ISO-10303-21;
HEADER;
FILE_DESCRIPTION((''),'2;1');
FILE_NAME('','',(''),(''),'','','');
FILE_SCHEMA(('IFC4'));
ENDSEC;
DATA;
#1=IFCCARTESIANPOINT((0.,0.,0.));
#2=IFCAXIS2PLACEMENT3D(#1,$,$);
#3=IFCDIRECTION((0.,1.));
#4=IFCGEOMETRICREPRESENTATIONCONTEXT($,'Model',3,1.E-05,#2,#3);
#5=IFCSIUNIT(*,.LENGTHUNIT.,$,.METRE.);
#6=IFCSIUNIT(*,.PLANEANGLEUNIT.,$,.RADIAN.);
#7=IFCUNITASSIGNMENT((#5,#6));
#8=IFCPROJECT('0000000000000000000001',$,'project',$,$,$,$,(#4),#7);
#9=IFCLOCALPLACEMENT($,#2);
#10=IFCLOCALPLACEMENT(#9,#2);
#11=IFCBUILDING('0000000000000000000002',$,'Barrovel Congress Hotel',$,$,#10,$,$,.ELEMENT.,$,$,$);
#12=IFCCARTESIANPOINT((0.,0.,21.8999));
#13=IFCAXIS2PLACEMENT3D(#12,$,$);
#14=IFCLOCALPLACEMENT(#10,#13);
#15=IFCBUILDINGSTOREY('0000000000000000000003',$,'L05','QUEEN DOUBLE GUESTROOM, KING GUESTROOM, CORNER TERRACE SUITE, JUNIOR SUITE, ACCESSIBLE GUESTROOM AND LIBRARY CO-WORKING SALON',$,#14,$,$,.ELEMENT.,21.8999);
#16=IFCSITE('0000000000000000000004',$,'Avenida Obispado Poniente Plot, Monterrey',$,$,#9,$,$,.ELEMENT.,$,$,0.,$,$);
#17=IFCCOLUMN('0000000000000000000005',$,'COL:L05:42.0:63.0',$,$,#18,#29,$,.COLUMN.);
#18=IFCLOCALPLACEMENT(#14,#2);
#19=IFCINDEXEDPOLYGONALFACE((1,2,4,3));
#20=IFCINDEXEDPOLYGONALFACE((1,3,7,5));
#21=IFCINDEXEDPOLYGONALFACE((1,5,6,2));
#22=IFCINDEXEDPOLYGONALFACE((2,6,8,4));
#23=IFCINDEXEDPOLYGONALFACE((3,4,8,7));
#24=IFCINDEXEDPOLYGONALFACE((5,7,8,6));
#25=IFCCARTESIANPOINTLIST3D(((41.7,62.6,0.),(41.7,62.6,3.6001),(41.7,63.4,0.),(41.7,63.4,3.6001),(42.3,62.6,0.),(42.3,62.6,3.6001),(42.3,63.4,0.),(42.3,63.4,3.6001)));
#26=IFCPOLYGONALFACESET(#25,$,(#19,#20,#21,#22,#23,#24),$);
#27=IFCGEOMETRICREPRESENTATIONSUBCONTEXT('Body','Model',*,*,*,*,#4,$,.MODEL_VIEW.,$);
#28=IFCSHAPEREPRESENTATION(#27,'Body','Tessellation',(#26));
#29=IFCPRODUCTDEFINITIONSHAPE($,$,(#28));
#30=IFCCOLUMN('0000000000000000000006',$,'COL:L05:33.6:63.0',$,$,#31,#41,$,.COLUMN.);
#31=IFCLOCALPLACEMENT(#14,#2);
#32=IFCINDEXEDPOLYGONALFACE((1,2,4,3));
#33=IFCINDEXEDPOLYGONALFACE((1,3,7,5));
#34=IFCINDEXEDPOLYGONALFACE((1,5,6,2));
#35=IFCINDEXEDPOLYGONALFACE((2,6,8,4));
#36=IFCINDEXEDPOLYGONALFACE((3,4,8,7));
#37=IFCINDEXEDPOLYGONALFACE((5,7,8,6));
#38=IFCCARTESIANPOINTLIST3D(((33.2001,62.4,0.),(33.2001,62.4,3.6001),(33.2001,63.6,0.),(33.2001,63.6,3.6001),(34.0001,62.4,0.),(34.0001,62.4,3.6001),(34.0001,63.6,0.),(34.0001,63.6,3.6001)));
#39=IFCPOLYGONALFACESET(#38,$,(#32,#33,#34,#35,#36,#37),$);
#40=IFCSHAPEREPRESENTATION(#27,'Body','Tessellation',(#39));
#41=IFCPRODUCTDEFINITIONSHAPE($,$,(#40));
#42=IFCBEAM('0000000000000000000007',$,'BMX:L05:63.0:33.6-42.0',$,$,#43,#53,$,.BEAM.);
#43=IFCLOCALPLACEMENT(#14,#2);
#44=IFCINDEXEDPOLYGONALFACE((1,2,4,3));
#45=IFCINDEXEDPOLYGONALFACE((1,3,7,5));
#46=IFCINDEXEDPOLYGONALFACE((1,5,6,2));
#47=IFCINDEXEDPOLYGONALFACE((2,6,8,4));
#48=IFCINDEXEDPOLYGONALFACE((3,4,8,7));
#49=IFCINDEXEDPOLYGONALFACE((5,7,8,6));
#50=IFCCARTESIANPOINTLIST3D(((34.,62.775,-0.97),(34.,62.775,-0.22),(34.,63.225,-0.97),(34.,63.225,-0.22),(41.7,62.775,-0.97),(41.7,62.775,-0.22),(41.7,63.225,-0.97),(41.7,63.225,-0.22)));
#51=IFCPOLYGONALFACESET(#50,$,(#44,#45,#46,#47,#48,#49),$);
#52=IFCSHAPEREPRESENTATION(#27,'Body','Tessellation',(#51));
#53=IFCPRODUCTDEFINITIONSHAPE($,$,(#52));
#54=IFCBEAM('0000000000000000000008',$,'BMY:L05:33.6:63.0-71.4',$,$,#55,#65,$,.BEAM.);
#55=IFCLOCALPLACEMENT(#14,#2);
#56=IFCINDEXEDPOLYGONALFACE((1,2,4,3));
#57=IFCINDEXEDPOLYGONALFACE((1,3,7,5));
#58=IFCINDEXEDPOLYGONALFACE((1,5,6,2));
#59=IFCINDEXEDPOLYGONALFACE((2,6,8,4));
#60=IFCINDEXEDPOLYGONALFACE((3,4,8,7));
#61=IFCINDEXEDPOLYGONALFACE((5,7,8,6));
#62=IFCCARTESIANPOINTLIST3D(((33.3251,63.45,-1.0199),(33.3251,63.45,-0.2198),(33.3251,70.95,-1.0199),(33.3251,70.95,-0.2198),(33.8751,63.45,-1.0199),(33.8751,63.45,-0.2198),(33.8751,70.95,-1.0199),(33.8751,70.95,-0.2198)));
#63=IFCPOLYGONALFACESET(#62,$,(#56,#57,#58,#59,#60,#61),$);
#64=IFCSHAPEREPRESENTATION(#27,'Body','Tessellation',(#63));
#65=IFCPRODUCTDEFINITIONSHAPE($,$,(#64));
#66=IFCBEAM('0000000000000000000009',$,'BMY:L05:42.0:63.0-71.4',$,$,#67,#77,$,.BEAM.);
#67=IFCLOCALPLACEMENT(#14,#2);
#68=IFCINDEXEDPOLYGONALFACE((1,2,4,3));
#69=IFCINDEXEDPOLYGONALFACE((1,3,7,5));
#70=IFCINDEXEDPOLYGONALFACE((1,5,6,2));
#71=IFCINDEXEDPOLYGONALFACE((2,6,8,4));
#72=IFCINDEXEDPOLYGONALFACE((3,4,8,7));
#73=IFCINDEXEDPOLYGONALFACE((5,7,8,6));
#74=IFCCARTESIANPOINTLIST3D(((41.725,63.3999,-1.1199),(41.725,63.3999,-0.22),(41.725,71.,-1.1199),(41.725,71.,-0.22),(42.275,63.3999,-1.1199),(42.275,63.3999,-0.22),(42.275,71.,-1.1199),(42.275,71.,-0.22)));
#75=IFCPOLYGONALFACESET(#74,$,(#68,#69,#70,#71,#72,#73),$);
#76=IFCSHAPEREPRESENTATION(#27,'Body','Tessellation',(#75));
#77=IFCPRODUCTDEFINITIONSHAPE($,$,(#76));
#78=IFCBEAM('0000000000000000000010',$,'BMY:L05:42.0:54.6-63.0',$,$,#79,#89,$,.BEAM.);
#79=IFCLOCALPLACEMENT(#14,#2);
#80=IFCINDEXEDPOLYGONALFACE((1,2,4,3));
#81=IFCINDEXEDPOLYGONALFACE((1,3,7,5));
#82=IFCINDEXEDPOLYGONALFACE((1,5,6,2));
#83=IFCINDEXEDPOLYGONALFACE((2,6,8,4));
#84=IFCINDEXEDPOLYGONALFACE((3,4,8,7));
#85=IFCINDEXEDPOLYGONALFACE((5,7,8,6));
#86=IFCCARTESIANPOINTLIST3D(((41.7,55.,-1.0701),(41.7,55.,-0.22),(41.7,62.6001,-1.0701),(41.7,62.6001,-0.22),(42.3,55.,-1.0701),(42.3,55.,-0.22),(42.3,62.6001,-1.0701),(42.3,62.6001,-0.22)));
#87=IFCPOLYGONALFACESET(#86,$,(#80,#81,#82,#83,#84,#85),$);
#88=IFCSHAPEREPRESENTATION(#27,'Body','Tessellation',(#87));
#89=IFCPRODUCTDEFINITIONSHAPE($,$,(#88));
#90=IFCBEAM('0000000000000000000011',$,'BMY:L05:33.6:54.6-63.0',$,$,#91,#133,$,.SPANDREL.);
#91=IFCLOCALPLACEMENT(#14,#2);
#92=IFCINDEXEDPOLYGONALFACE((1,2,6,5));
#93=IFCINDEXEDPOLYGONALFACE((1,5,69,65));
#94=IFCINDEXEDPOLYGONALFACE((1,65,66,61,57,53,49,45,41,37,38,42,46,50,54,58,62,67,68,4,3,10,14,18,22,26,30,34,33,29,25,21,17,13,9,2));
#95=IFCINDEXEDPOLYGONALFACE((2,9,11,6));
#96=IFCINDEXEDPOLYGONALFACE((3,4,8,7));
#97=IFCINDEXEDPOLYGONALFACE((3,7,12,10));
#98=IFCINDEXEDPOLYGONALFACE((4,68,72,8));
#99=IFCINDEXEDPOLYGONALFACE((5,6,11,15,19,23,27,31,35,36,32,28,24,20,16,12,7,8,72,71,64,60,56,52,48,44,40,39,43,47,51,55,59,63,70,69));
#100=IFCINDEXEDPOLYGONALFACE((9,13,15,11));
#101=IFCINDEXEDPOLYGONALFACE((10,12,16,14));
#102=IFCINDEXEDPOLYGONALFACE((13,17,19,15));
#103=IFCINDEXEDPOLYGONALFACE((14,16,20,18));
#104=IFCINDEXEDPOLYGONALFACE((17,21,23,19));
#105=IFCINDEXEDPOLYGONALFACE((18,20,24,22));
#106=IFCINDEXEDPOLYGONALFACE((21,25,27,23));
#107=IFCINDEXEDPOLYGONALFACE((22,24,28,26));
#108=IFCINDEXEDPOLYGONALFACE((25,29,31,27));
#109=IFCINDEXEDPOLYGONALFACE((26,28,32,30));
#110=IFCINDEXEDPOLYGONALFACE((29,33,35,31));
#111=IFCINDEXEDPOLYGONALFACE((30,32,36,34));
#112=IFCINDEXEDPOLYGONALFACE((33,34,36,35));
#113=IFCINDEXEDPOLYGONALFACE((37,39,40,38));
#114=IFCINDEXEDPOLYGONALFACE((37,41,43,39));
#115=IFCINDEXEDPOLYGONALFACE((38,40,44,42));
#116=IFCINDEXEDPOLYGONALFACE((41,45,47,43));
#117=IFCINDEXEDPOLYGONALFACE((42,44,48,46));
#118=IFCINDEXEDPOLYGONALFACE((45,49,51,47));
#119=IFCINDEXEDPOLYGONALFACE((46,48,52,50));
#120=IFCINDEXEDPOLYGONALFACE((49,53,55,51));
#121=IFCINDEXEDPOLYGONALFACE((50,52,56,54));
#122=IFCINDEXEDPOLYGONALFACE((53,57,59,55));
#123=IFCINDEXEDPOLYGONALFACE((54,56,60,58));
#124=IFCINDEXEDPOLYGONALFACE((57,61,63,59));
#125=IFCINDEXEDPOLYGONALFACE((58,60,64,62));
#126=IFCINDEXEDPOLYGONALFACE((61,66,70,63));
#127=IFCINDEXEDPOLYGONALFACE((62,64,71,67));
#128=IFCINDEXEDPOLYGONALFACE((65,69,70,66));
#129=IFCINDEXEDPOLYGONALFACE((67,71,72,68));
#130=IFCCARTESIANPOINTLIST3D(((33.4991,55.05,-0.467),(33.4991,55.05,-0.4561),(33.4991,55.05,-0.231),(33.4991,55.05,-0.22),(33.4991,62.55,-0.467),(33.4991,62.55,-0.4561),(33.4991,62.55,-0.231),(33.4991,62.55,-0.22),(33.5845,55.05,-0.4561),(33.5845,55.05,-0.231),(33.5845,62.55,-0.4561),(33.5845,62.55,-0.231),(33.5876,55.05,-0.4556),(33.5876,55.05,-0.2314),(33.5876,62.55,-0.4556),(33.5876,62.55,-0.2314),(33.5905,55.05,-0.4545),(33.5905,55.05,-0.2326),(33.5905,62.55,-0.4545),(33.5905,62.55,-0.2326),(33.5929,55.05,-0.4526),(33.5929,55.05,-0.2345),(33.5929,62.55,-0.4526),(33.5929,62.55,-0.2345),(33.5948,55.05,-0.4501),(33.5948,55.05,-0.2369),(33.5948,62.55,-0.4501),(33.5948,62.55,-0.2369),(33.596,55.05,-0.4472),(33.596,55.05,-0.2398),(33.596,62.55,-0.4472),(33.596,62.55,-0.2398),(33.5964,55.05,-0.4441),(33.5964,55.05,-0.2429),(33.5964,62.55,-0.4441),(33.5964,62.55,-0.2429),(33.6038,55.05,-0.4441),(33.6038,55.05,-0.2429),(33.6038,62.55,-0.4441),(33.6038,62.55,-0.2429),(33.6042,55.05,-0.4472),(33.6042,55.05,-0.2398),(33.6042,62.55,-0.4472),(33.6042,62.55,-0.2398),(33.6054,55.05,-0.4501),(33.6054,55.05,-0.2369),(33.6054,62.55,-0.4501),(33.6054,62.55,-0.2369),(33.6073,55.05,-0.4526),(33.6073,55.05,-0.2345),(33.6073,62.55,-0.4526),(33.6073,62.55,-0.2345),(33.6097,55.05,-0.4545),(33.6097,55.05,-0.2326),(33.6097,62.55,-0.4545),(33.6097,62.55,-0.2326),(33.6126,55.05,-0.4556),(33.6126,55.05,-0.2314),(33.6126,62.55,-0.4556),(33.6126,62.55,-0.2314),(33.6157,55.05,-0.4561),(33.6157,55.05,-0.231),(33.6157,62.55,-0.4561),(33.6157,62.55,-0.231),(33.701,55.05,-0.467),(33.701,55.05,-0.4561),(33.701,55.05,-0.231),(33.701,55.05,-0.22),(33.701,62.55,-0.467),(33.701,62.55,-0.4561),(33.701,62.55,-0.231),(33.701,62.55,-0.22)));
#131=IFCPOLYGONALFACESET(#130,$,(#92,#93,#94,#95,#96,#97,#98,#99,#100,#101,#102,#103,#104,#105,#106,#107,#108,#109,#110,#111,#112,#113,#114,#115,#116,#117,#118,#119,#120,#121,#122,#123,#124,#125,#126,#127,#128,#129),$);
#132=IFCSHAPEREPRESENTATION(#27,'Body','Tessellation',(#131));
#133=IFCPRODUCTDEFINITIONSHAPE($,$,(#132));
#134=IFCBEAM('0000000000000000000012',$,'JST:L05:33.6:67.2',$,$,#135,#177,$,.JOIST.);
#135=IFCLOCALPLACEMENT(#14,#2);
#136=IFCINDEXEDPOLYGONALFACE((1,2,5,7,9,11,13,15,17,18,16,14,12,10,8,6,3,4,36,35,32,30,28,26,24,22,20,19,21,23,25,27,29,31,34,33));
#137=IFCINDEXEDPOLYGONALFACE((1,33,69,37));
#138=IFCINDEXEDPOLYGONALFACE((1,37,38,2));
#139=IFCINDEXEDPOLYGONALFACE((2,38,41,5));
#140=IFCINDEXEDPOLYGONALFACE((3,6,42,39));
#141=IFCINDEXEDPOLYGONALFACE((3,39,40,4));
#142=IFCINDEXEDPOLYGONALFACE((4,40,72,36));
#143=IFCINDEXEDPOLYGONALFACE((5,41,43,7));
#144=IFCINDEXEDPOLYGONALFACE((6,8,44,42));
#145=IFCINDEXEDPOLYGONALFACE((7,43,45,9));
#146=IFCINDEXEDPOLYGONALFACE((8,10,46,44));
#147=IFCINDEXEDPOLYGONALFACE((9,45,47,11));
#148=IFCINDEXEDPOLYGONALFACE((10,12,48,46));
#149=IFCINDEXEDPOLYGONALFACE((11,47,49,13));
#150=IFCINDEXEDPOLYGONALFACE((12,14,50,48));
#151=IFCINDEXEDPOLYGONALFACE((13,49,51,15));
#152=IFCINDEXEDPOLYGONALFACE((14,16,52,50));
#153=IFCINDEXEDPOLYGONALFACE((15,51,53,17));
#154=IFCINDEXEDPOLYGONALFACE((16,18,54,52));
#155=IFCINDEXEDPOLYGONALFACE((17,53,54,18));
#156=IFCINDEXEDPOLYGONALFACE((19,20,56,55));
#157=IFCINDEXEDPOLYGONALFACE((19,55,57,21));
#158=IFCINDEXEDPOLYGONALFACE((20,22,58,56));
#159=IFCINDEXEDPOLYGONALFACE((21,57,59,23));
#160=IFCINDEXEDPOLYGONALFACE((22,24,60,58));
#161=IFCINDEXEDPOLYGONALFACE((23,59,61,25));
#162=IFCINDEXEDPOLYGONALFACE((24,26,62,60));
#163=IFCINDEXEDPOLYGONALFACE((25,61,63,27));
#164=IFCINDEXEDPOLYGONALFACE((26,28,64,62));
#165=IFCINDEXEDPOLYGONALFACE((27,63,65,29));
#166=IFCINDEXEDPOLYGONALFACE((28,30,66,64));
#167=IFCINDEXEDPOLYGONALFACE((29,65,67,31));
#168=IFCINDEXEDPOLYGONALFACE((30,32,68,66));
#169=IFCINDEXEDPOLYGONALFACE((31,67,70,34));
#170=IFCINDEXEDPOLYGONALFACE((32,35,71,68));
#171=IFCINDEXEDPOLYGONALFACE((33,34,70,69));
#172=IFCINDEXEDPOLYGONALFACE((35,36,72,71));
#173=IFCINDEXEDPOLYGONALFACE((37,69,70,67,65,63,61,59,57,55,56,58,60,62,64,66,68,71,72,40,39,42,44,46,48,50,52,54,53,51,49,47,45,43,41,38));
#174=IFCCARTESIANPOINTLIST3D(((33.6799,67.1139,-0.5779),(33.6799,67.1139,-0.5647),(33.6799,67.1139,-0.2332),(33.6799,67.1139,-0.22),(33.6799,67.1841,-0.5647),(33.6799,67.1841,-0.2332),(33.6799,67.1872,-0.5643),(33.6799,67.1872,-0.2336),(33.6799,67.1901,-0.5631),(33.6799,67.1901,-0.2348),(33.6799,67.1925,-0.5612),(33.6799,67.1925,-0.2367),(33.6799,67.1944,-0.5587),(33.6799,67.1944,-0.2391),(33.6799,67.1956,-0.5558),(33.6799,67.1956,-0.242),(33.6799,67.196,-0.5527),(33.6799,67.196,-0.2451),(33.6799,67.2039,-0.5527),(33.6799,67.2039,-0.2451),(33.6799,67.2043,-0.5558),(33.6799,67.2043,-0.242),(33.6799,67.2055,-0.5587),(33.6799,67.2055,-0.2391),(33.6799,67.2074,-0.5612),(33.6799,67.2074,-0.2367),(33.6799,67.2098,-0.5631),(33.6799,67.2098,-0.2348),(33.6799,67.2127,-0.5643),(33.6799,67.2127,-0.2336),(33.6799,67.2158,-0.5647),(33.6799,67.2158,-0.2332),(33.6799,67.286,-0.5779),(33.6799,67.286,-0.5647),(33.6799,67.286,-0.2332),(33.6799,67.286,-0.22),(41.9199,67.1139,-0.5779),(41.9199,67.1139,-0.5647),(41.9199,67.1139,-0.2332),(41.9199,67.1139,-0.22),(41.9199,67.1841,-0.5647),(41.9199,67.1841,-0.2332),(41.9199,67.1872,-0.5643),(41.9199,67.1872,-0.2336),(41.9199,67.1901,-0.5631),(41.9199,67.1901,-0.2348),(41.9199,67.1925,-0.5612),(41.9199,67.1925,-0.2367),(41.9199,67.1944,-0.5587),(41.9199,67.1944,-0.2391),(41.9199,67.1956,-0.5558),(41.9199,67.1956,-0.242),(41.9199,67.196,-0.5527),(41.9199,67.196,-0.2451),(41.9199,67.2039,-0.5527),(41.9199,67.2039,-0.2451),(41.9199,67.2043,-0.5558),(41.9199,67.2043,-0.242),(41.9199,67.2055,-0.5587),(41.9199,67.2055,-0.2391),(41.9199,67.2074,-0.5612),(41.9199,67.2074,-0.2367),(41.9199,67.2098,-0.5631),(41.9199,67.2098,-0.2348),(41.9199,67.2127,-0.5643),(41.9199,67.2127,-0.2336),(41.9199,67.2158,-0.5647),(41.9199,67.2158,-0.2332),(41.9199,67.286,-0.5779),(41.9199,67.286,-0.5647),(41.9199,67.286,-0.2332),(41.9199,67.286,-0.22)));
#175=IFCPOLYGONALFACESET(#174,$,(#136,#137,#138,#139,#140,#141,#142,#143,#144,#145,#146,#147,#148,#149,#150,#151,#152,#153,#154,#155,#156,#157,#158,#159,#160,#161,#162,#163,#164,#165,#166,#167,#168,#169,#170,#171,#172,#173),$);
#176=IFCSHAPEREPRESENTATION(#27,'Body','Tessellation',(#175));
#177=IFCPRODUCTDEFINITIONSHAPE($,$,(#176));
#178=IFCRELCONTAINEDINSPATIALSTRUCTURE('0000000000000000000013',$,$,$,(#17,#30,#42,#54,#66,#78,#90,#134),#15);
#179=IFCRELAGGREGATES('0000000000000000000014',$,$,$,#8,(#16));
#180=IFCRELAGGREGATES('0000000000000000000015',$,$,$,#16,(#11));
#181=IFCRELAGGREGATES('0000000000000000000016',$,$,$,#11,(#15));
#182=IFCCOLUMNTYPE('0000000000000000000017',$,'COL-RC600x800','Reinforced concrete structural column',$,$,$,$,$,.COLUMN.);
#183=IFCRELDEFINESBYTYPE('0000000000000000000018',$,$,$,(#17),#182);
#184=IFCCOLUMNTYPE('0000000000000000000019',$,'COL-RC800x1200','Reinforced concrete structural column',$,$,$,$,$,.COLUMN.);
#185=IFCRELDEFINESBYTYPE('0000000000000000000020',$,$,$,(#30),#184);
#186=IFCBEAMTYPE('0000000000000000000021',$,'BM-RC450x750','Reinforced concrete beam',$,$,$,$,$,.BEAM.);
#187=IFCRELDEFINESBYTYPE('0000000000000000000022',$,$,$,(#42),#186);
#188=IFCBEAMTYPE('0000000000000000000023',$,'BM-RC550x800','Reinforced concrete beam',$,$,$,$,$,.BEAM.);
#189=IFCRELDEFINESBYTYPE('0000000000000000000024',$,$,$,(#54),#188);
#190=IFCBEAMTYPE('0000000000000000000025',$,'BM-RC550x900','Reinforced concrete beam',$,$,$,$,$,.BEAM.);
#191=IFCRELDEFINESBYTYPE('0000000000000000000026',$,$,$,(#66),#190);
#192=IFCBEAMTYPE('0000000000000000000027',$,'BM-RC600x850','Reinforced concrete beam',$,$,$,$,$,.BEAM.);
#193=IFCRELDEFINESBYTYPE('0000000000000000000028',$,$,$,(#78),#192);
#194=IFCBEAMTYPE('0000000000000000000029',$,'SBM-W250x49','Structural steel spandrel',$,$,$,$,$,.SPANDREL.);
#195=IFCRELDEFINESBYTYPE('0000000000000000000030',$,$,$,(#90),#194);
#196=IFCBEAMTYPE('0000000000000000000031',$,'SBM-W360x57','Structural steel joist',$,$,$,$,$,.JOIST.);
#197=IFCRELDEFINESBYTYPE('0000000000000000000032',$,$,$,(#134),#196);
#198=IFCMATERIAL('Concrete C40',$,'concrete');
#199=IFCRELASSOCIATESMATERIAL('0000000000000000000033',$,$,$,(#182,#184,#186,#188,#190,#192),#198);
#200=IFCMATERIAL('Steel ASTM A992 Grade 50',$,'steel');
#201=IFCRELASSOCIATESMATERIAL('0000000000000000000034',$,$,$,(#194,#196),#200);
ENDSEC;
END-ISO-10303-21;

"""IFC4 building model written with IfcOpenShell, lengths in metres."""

from ifc_helpers import new_model, si_unit, direction, frame, origin, origin_2d, place, context, subcontext, project, spatial, rectangle, i_section, extrude, material, material_profile, profile_set, type_object, element, save


model = new_model("IFC4")

# Units and contexts
model_context = context("Model", 3, precision=1e-05, world=origin(), true_north=direction((0.0, 1.0)))
body_context = subcontext(model_context, "Body", "Model", "MODEL_VIEW")
ifc_project = project(units=[si_unit("LENGTHUNIT", "METRE"), si_unit("PLANEANGLEUNIT", "RADIAN")], contexts=[model_context])

# Site, building, storey
site_placement = place(None, origin())
site = spatial("IfcSite", under=ifc_project, at=site_placement, Name="Avenida Obispado Poniente Plot, Monterrey", CompositionType="ELEMENT", RefElevation=0.0)
building_placement = place(site_placement, origin())
building = spatial("IfcBuilding", under=site, at=building_placement, Name="Barrovel Congress Hotel", CompositionType="ELEMENT")
storey_placement = place(building_placement, frame((0.0, 0.0, 21.8999)))
storey = spatial("IfcBuildingStorey", under=building, at=storey_placement, Name="L05", Description="QUEEN DOUBLE GUESTROOM, KING GUESTROOM, CORNER TERRACE SUITE, JUNIOR SUITE, ACCESSIBLE GUESTROOM AND LIBRARY CO-WORKING SALON", CompositionType="ELEMENT", Elevation=21.8999)

# Columns
ifc_material_1 = material(Name="Concrete C40", Category="concrete")
ifc_material_profile_1 = material_profile(ifc_material_1, rectangle(XDim=0.6001, YDim=0.8, at=origin_2d()), Name="RC600x800")
ifc_profile_set_1 = profile_set([ifc_material_profile_1], Name="Concrete C40")
column_type_1 = type_object("IfcColumnType", Name="COL-RC600x800", Description="Reinforced concrete structural column", PredefinedType="COLUMN", material=ifc_profile_set_1)
column_1_placement = place(storey_placement, frame((42.0, 63.0, 0.0), z_axis=(0.0, 0.0, 1.0), x_axis=(1.0, 0.0, 0.0)))
element("IfcColumn", 1, at=column_1_placement, inside=storey, type_object=column_type_1, Name="COL:L05:42.0:63.0", PredefinedType="COLUMN", context=body_context, shape_type="SweptSolid", body=[
    extrude(rectangle(XDim=0.6001, YDim=0.8, at=origin_2d()), origin(), (0.0, 0.0, 1.0), 3.6001),
])
ifc_material_profile_2 = material_profile(ifc_material_1, rectangle(XDim=0.8, YDim=1.2, at=origin_2d()), Name="RC800x1200")
ifc_profile_set_2 = profile_set([ifc_material_profile_2], Name="Concrete C40")
column_type_2 = type_object("IfcColumnType", Name="COL-RC800x1200", Description="Reinforced concrete structural column", PredefinedType="COLUMN", material=ifc_profile_set_2)
column_2_placement = place(storey_placement, frame((33.6001, 63.0, 0.0), z_axis=(0.0, 0.0, 1.0), x_axis=(1.0, 0.0, 0.0)))
element("IfcColumn", 2, at=column_2_placement, inside=storey, type_object=column_type_2, Name="COL:L05:33.6:63.0", PredefinedType="COLUMN", context=body_context, shape_type="SweptSolid", body=[
    extrude(rectangle(XDim=0.8, YDim=1.2, at=origin_2d()), origin(), (0.0, 0.0, 1.0), 3.6001),
])

# Beams
ifc_material_profile_3 = material_profile(ifc_material_1, rectangle(XDim=0.45, YDim=0.75, at=origin_2d()), Name="RC450x750")
ifc_profile_set_3 = profile_set([ifc_material_profile_3], Name="Concrete C40")
beam_type_1 = type_object("IfcBeamType", Name="BM-RC450x750", Description="Reinforced concrete beam", PredefinedType="BEAM", material=ifc_profile_set_3)
beam_1_placement = place(storey_placement, frame((34.0, 63.0, -0.595), z_axis=(1.0, 0.0, 0.0), x_axis=(0.0, 1.0, 0.0)))
element("IfcBeam", 3, at=beam_1_placement, inside=storey, type_object=beam_type_1, Name="BMX:L05:63.0:33.6-42.0", PredefinedType="BEAM", context=body_context, shape_type="SweptSolid", body=[
    extrude(rectangle(XDim=0.45, YDim=0.75, at=origin_2d()), origin(), (0.0, 0.0, 1.0), 7.7),
])
ifc_material_profile_4 = material_profile(ifc_material_1, rectangle(XDim=0.55, YDim=0.8, at=origin_2d()), Name="RC550x800")
ifc_profile_set_4 = profile_set([ifc_material_profile_4], Name="Concrete C40")
beam_type_2 = type_object("IfcBeamType", Name="BM-RC550x800", Description="Reinforced concrete beam", PredefinedType="BEAM", material=ifc_profile_set_4)
beam_2_placement = place(storey_placement, frame((33.6001, 63.45, -0.6199), z_axis=(0.0, 1.0, 0.0), x_axis=(-1.0, 0.0, 0.0)))
element("IfcBeam", 4, at=beam_2_placement, inside=storey, type_object=beam_type_2, Name="BMY:L05:33.6:63.0-71.4", PredefinedType="BEAM", context=body_context, shape_type="SweptSolid", body=[
    extrude(rectangle(XDim=0.55, YDim=0.8, at=origin_2d()), origin(), (0.0, 0.0, 1.0), 7.5),
])
ifc_material_profile_5 = material_profile(ifc_material_1, rectangle(XDim=0.55, YDim=0.8999, at=origin_2d()), Name="RC550x900")
ifc_profile_set_5 = profile_set([ifc_material_profile_5], Name="Concrete C40")
beam_type_3 = type_object("IfcBeamType", Name="BM-RC550x900", Description="Reinforced concrete beam", PredefinedType="BEAM", material=ifc_profile_set_5)
beam_3_placement = place(storey_placement, frame((42.0, 63.3999, -0.6699), z_axis=(0.0, 1.0, 0.0), x_axis=(-1.0, 0.0, 0.0)))
element("IfcBeam", 5, at=beam_3_placement, inside=storey, type_object=beam_type_3, Name="BMY:L05:42.0:63.0-71.4", PredefinedType="BEAM", context=body_context, shape_type="SweptSolid", body=[
    extrude(rectangle(XDim=0.55, YDim=0.8999, at=origin_2d()), origin(), (0.0, 0.0, 1.0), 7.6001),
])
ifc_material_profile_6 = material_profile(ifc_material_1, rectangle(XDim=0.6001, YDim=0.8501, at=origin_2d()), Name="RC600x850")
ifc_profile_set_6 = profile_set([ifc_material_profile_6], Name="Concrete C40")
beam_type_4 = type_object("IfcBeamType", Name="BM-RC600x850", Description="Reinforced concrete beam", PredefinedType="BEAM", material=ifc_profile_set_6)
beam_4_placement = place(storey_placement, frame((42.0, 55.0, -0.645), z_axis=(0.0, 1.0, 0.0), x_axis=(-1.0, 0.0, 0.0)))
element("IfcBeam", 6, at=beam_4_placement, inside=storey, type_object=beam_type_4, Name="BMY:L05:42.0:54.6-63.0", PredefinedType="BEAM", context=body_context, shape_type="SweptSolid", body=[
    extrude(rectangle(XDim=0.6001, YDim=0.8501, at=origin_2d()), origin(), (0.0, 0.0, 1.0), 7.6001),
])
ifc_material_2 = material(Name="Steel ASTM A992 Grade 50", Category="steel")
ifc_material_profile_7 = material_profile(ifc_material_2, i_section(OverallWidth=0.2019, OverallDepth=0.2471, WebThickness=0.0073, FlangeThickness=0.011, FilletRadius=0.012, at=origin_2d()), Name="W250x49")
ifc_profile_set_7 = profile_set([ifc_material_profile_7], Name="Steel ASTM A992 Grade 50")
beam_type_5 = type_object("IfcBeamType", Name="SBM-W250x49", Description="Structural steel spandrel", PredefinedType="SPANDREL", material=ifc_profile_set_7)
beam_5_placement = place(storey_placement, frame((33.6001, 55.05, -0.3435), z_axis=(0.0, 1.0, 0.0), x_axis=(-1.0, 0.0, 0.0)))
element("IfcBeam", 7, at=beam_5_placement, inside=storey, type_object=beam_type_5, Name="BMY:L05:33.6:54.6-63.0", PredefinedType="SPANDREL", context=body_context, shape_type="SweptSolid", body=[
    extrude(i_section(OverallWidth=0.2019, OverallDepth=0.2471, WebThickness=0.0073, FlangeThickness=0.011, FilletRadius=0.012, at=origin_2d()), origin(), (0.0, 0.0, 1.0), 7.5),
])
ifc_material_profile_8 = material_profile(ifc_material_2, i_section(OverallWidth=0.1721, OverallDepth=0.3579, WebThickness=0.0078, FlangeThickness=0.0132, FilletRadius=0.012, at=origin_2d()), Name="W360x57")
ifc_profile_set_8 = profile_set([ifc_material_profile_8], Name="Steel ASTM A992 Grade 50")
beam_type_6 = type_object("IfcBeamType", Name="SBM-W360x57", Description="Structural steel joist", PredefinedType="JOIST", material=ifc_profile_set_8)
beam_6_placement = place(storey_placement, frame((33.6799, 67.2, -0.3989), z_axis=(1.0, 0.0, 0.0), x_axis=(0.0, 1.0, 0.0)))
element("IfcBeam", 8, at=beam_6_placement, inside=storey, type_object=beam_type_6, Name="JST:L05:33.6:67.2", PredefinedType="JOIST", context=body_context, shape_type="SweptSolid", body=[
    extrude(i_section(OverallWidth=0.1721, OverallDepth=0.3579, WebThickness=0.0078, FlangeThickness=0.0132, FilletRadius=0.012, at=origin_2d()), origin(), (0.0, 0.0, 1.0), 8.24),
])

save(model, "model.ifc")
